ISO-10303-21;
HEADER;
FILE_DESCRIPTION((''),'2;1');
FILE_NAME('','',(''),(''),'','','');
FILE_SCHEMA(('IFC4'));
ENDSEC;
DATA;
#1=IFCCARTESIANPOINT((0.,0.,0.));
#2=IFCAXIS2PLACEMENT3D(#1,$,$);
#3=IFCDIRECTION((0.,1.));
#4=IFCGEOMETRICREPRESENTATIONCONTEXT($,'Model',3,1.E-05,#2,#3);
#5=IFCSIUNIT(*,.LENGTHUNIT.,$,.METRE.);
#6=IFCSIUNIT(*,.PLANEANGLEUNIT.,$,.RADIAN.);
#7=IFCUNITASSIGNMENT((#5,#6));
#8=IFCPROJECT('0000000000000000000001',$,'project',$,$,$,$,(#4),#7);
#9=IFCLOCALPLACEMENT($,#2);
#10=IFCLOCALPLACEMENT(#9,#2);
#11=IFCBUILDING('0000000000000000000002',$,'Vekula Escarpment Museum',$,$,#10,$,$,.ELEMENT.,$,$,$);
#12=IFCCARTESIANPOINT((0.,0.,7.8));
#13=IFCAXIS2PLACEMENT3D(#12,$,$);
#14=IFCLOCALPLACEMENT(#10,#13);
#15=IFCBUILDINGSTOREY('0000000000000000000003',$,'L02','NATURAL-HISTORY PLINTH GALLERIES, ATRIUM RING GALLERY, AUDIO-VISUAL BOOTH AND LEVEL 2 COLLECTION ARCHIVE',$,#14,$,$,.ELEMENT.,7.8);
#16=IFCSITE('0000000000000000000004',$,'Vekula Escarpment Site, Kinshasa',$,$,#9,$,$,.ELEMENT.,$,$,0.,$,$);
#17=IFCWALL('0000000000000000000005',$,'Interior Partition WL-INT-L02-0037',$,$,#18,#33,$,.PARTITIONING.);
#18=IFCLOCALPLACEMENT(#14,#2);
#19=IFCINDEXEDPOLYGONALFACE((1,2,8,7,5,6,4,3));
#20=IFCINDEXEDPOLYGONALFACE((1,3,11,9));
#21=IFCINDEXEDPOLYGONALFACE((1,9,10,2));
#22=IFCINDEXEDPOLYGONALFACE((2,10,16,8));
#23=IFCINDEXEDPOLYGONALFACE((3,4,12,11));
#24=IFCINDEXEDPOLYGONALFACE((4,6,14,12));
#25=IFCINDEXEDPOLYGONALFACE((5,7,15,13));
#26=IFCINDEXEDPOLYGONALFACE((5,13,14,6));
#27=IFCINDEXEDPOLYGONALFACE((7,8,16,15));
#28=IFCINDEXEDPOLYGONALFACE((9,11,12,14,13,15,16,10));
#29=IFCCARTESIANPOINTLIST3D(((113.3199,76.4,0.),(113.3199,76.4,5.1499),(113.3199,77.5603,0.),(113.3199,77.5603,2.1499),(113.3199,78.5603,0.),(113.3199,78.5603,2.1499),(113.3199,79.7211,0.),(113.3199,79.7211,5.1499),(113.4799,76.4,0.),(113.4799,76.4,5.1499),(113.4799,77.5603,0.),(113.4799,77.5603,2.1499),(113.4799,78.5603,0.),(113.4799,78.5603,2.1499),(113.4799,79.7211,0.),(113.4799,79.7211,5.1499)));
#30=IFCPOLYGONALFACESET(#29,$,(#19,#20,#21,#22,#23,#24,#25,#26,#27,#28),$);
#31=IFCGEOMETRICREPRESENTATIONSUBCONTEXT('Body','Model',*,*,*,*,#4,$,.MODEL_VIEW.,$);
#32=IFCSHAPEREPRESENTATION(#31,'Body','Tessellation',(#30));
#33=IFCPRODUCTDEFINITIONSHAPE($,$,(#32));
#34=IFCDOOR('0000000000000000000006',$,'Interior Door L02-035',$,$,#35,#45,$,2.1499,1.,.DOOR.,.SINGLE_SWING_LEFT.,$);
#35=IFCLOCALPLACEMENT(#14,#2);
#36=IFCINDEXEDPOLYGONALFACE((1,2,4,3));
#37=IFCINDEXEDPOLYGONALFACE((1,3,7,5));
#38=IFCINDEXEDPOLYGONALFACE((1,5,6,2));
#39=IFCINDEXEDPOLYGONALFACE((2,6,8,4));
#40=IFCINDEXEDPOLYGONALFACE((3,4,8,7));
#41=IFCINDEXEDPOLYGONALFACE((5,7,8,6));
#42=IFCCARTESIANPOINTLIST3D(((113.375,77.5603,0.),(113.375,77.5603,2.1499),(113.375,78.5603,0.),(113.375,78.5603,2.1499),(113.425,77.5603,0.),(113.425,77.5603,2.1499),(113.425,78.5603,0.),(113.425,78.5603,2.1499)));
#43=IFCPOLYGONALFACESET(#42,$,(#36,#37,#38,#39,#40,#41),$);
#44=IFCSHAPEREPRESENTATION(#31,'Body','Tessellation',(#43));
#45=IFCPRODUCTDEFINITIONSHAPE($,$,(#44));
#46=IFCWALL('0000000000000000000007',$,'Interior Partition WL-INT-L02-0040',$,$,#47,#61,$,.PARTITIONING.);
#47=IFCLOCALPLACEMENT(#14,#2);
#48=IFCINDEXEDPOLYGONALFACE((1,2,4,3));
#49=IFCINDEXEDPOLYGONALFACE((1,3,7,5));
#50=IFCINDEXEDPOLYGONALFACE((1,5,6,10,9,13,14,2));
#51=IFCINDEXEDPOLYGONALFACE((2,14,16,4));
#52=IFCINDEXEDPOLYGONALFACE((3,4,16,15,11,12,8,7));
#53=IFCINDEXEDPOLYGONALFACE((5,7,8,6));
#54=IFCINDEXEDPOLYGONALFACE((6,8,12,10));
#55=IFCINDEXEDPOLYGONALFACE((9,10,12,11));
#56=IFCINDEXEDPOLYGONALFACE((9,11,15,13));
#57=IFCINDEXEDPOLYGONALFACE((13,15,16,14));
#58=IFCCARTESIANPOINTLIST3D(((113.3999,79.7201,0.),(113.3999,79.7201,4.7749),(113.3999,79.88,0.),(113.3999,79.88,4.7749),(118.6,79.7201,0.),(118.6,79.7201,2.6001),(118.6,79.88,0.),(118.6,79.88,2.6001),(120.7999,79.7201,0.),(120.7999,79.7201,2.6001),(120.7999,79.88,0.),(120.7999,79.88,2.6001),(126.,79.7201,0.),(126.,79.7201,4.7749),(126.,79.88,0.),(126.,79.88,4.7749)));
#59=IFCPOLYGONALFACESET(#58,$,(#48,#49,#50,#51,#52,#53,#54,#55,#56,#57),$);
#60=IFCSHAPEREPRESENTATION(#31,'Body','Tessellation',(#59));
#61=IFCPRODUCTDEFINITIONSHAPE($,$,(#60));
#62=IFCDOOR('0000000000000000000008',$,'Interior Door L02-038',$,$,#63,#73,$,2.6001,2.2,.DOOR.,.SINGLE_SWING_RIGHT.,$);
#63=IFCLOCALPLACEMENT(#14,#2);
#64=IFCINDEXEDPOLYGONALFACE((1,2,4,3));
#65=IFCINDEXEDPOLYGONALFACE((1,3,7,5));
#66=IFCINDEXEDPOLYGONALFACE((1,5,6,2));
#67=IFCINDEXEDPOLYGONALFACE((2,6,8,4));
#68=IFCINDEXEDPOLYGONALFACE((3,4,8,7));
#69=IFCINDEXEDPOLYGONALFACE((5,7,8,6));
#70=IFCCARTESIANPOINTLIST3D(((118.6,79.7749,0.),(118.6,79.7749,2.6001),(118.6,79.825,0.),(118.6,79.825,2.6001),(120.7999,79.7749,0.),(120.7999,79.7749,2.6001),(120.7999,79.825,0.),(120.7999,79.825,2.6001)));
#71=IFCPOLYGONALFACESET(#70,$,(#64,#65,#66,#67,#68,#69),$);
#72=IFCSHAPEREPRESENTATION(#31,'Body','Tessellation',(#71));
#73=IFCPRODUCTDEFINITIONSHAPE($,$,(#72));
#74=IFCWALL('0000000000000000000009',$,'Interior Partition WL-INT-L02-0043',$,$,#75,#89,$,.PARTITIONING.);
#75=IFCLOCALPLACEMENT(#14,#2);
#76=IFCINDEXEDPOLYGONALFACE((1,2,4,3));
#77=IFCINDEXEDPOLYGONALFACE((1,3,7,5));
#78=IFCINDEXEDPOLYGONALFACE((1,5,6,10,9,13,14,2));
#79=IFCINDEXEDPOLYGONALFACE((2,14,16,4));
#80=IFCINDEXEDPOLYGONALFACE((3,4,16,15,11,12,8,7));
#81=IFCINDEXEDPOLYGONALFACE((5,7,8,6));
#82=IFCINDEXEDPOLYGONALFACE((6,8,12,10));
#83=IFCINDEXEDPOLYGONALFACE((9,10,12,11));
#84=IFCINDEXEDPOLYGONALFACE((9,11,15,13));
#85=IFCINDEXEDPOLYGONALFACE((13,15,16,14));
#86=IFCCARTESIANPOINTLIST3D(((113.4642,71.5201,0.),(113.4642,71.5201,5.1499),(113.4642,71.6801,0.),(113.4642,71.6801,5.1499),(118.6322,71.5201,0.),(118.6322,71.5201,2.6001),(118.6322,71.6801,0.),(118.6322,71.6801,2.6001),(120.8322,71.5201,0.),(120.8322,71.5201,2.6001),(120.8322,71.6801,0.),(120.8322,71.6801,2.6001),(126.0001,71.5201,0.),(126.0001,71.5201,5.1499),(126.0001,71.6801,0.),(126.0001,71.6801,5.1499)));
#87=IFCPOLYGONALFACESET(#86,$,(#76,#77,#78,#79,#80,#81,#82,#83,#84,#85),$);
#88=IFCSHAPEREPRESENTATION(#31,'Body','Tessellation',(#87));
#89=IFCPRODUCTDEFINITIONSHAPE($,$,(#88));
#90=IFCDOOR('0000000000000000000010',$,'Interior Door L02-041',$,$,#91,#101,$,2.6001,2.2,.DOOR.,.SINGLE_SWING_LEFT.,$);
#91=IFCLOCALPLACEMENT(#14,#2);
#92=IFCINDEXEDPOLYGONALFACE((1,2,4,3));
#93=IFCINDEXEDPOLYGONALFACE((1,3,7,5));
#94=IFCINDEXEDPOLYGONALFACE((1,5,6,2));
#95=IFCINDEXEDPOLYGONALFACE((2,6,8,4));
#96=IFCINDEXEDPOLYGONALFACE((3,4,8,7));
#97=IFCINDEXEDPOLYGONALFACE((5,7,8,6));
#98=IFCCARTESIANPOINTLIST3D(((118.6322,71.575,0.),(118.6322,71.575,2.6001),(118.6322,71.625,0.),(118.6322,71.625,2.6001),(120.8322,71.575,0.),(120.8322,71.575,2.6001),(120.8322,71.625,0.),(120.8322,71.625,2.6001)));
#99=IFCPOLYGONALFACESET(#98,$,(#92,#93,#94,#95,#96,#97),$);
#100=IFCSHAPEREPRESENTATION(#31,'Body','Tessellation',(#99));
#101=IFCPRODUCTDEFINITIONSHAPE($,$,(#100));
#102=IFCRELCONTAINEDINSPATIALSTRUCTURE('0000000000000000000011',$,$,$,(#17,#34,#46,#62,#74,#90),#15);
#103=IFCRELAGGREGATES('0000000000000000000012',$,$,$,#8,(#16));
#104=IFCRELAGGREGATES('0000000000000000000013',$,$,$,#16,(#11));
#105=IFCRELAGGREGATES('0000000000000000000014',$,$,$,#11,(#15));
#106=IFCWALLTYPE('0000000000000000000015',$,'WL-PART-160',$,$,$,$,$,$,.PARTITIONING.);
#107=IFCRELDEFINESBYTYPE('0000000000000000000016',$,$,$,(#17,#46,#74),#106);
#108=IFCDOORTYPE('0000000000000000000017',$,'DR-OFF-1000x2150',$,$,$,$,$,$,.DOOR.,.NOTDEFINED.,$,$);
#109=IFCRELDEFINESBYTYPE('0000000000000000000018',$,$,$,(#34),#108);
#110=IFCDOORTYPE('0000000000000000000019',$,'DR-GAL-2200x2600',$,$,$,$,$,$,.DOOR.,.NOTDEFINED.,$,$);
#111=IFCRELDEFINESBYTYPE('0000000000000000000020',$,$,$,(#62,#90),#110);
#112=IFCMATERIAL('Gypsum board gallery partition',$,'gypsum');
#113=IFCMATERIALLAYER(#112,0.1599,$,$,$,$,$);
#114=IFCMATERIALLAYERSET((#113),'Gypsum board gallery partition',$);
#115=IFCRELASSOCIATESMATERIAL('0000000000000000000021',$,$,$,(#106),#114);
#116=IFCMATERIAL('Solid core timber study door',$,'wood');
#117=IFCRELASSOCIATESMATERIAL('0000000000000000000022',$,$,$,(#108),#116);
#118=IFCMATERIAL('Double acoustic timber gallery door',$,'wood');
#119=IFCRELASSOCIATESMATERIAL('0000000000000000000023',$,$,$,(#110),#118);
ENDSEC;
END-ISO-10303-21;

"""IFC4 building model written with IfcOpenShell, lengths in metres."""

from ifc_helpers import new_model, si_unit, direction, frame, frame_2d, origin, place, context, subcontext, project, spatial, rectangle, extrude, material, layer, layer_set, type_object, element, fill, save


model = new_model("IFC4")

# Units and contexts
model_context = context("Model", 3, precision=1e-05, world=origin(), true_north=direction((0.0, 1.0)))
body_context = subcontext(model_context, "Body", "Model", "MODEL_VIEW")
ifc_project = project(units=[si_unit("LENGTHUNIT", "METRE"), si_unit("PLANEANGLEUNIT", "RADIAN")], contexts=[model_context])

# Site, building, storey
site_placement = place(None, origin())
site = spatial("IfcSite", under=ifc_project, at=site_placement, Name="Vekula Escarpment Site, Kinshasa", CompositionType="ELEMENT", RefElevation=0.0)
building_placement = place(site_placement, origin())
building = spatial("IfcBuilding", under=site, at=building_placement, Name="Vekula Escarpment Museum", CompositionType="ELEMENT")
storey_placement = place(building_placement, frame((0.0, 0.0, 7.8)))
storey = spatial("IfcBuildingStorey", under=building, at=storey_placement, Name="L02", Description="NATURAL-HISTORY PLINTH GALLERIES, ATRIUM RING GALLERY, AUDIO-VISUAL BOOTH AND LEVEL 2 COLLECTION ARCHIVE", CompositionType="ELEMENT", Elevation=7.8)

# Walls, openings, doors
ifc_material_1 = material(Name="Gypsum board gallery partition", Category="gypsum")
ifc_layer_1 = layer(ifc_material_1, 0.1599)
ifc_layer_set_1 = layer_set([ifc_layer_1], Name="Gypsum board gallery partition")
wall_type_1 = type_object("IfcWallType", Name="WL-PART-160", PredefinedType="PARTITIONING", material=ifc_layer_set_1)
wall_1_placement = place(storey_placement, frame((113.3999, 76.3999, 0.0), z_axis=(0.0, 0.0, 1.0), x_axis=(0.0, 1.0, 0.0)))
wall_1 = element("IfcWall", 1, at=wall_1_placement, inside=storey, type_object=wall_type_1, Name="Interior Partition WL-INT-L02-0037", PredefinedType="PARTITIONING", context=body_context, shape_type="SweptSolid", body=[
    extrude(rectangle(XDim=3.321, YDim=0.1599, at=frame_2d((1.6606, 0.0))), origin(), (0.0, 0.0, 1.0), 5.1499),
])
opening_1_placement = place(wall_1_placement, frame((1.1604, 0.0, 0.0)))
opening_1 = element("IfcOpeningElement", 2, at=opening_1_placement, cuts=wall_1, PredefinedType="OPENING", context=body_context, shape_type="SweptSolid", body=[
    extrude(rectangle(XDim=1.0, YDim=2.1499, at=frame_2d((0.5, 1.075))), frame((0.0, 0.0898, 0.0), z_axis=(0.0, -1.0, 0.0), x_axis=(1.0, 0.0, 0.0)), (0.0, 0.0, 1.0), 0.1799),
])
ifc_material_2 = material(Name="Solid core timber study door", Category="wood")
door_type_1 = type_object("IfcDoorType", Name="DR-OFF-1000x2150", OperationType="NOTDEFINED", PredefinedType="DOOR", material=ifc_material_2)
door_1_placement = place(opening_1_placement, origin())
door_1 = element("IfcDoor", 3, at=door_1_placement, inside=storey, type_object=door_type_1, Name="Interior Door L02-035", OperationType="SINGLE_SWING_LEFT", OverallHeight=2.1499, OverallWidth=1.0, PredefinedType="DOOR", context=body_context, shape_type="SweptSolid", body=[
    extrude(rectangle(XDim=1.0, YDim=2.1499, at=frame_2d((0.5, 1.075))), frame((0.0, 0.0249, 0.0), z_axis=(0.0, -1.0, 0.0), x_axis=(1.0, 0.0, 0.0)), (0.0, 0.0, 1.0), 0.05),
])
fill(opening_1, door_1)
wall_2_placement = place(storey_placement, frame((113.3999, 79.8, 0.0), z_axis=(0.0, 0.0, 1.0), x_axis=(1.0, 0.0, 0.0)))
wall_2 = element("IfcWall", 4, at=wall_2_placement, inside=storey, type_object=wall_type_1, Name="Interior Partition WL-INT-L02-0040", PredefinedType="PARTITIONING", context=body_context, shape_type="SweptSolid", body=[
    extrude(rectangle(XDim=12.6001, YDim=0.1599, at=frame_2d((6.3, 0.0))), origin(), (0.0, 0.0, 1.0), 4.7749),
])
opening_2_placement = place(wall_2_placement, frame((5.2, 0.0, 0.0)))
opening_2 = element("IfcOpeningElement", 5, at=opening_2_placement, cuts=wall_2, PredefinedType="OPENING", context=body_context, shape_type="SweptSolid", body=[
    extrude(rectangle(XDim=2.2, YDim=2.6001, at=frame_2d((1.1001, 1.3))), frame((0.0, 0.0898, 0.0), z_axis=(0.0, -1.0, 0.0), x_axis=(1.0, 0.0, 0.0)), (0.0, 0.0, 1.0), 0.1799),
])
ifc_material_3 = material(Name="Double acoustic timber gallery door", Category="wood")
door_type_2 = type_object("IfcDoorType", Name="DR-GAL-2200x2600", OperationType="NOTDEFINED", PredefinedType="DOOR", material=ifc_material_3)
door_2_placement = place(opening_2_placement, origin())
door_2 = element("IfcDoor", 6, at=door_2_placement, inside=storey, type_object=door_type_2, Name="Interior Door L02-038", OperationType="SINGLE_SWING_RIGHT", OverallHeight=2.6001, OverallWidth=2.2, PredefinedType="DOOR", context=body_context, shape_type="SweptSolid", body=[
    extrude(rectangle(XDim=2.2, YDim=2.6001, at=frame_2d((1.1001, 1.3))), frame((0.0, 0.0249, 0.0), z_axis=(0.0, -1.0, 0.0), x_axis=(1.0, 0.0, 0.0)), (0.0, 0.0, 1.0), 0.05),
])
fill(opening_2, door_2)
wall_3_placement = place(storey_placement, frame((113.4641, 71.6001, 0.0), z_axis=(0.0, 0.0, 1.0), x_axis=(1.0, 0.0, 0.0)))
wall_3 = element("IfcWall", 7, at=wall_3_placement, inside=storey, type_object=wall_type_1, Name="Interior Partition WL-INT-L02-0043", PredefinedType="PARTITIONING", context=body_context, shape_type="SweptSolid", body=[
    extrude(rectangle(XDim=12.5359, YDim=0.1599, at=frame_2d((6.2681, 0.0))), origin(), (0.0, 0.0, 1.0), 5.1499),
])
opening_3_placement = place(wall_3_placement, frame((5.168, 0.0, 0.0)))
opening_3 = element("IfcOpeningElement", 8, at=opening_3_placement, cuts=wall_3, PredefinedType="OPENING", context=body_context, shape_type="SweptSolid", body=[
    extrude(rectangle(XDim=2.2, YDim=2.6001, at=frame_2d((1.1001, 1.3))), frame((0.0, 0.0898, 0.0), z_axis=(0.0, -1.0, 0.0), x_axis=(1.0, 0.0, 0.0)), (0.0, 0.0, 1.0), 0.1799),
])
door_3_placement = place(opening_3_placement, origin())
door_3 = element("IfcDoor", 9, at=door_3_placement, inside=storey, type_object=door_type_2, Name="Interior Door L02-041", OperationType="SINGLE_SWING_LEFT", OverallHeight=2.6001, OverallWidth=2.2, PredefinedType="DOOR", context=body_context, shape_type="SweptSolid", body=[
    extrude(rectangle(XDim=2.2, YDim=2.6001, at=frame_2d((1.1001, 1.3))), frame((0.0, 0.0249, 0.0), z_axis=(0.0, -1.0, 0.0), x_axis=(1.0, 0.0, 0.0)), (0.0, 0.0, 1.0), 0.05),
])
fill(opening_3, door_3)

save(model, "model.ifc")
